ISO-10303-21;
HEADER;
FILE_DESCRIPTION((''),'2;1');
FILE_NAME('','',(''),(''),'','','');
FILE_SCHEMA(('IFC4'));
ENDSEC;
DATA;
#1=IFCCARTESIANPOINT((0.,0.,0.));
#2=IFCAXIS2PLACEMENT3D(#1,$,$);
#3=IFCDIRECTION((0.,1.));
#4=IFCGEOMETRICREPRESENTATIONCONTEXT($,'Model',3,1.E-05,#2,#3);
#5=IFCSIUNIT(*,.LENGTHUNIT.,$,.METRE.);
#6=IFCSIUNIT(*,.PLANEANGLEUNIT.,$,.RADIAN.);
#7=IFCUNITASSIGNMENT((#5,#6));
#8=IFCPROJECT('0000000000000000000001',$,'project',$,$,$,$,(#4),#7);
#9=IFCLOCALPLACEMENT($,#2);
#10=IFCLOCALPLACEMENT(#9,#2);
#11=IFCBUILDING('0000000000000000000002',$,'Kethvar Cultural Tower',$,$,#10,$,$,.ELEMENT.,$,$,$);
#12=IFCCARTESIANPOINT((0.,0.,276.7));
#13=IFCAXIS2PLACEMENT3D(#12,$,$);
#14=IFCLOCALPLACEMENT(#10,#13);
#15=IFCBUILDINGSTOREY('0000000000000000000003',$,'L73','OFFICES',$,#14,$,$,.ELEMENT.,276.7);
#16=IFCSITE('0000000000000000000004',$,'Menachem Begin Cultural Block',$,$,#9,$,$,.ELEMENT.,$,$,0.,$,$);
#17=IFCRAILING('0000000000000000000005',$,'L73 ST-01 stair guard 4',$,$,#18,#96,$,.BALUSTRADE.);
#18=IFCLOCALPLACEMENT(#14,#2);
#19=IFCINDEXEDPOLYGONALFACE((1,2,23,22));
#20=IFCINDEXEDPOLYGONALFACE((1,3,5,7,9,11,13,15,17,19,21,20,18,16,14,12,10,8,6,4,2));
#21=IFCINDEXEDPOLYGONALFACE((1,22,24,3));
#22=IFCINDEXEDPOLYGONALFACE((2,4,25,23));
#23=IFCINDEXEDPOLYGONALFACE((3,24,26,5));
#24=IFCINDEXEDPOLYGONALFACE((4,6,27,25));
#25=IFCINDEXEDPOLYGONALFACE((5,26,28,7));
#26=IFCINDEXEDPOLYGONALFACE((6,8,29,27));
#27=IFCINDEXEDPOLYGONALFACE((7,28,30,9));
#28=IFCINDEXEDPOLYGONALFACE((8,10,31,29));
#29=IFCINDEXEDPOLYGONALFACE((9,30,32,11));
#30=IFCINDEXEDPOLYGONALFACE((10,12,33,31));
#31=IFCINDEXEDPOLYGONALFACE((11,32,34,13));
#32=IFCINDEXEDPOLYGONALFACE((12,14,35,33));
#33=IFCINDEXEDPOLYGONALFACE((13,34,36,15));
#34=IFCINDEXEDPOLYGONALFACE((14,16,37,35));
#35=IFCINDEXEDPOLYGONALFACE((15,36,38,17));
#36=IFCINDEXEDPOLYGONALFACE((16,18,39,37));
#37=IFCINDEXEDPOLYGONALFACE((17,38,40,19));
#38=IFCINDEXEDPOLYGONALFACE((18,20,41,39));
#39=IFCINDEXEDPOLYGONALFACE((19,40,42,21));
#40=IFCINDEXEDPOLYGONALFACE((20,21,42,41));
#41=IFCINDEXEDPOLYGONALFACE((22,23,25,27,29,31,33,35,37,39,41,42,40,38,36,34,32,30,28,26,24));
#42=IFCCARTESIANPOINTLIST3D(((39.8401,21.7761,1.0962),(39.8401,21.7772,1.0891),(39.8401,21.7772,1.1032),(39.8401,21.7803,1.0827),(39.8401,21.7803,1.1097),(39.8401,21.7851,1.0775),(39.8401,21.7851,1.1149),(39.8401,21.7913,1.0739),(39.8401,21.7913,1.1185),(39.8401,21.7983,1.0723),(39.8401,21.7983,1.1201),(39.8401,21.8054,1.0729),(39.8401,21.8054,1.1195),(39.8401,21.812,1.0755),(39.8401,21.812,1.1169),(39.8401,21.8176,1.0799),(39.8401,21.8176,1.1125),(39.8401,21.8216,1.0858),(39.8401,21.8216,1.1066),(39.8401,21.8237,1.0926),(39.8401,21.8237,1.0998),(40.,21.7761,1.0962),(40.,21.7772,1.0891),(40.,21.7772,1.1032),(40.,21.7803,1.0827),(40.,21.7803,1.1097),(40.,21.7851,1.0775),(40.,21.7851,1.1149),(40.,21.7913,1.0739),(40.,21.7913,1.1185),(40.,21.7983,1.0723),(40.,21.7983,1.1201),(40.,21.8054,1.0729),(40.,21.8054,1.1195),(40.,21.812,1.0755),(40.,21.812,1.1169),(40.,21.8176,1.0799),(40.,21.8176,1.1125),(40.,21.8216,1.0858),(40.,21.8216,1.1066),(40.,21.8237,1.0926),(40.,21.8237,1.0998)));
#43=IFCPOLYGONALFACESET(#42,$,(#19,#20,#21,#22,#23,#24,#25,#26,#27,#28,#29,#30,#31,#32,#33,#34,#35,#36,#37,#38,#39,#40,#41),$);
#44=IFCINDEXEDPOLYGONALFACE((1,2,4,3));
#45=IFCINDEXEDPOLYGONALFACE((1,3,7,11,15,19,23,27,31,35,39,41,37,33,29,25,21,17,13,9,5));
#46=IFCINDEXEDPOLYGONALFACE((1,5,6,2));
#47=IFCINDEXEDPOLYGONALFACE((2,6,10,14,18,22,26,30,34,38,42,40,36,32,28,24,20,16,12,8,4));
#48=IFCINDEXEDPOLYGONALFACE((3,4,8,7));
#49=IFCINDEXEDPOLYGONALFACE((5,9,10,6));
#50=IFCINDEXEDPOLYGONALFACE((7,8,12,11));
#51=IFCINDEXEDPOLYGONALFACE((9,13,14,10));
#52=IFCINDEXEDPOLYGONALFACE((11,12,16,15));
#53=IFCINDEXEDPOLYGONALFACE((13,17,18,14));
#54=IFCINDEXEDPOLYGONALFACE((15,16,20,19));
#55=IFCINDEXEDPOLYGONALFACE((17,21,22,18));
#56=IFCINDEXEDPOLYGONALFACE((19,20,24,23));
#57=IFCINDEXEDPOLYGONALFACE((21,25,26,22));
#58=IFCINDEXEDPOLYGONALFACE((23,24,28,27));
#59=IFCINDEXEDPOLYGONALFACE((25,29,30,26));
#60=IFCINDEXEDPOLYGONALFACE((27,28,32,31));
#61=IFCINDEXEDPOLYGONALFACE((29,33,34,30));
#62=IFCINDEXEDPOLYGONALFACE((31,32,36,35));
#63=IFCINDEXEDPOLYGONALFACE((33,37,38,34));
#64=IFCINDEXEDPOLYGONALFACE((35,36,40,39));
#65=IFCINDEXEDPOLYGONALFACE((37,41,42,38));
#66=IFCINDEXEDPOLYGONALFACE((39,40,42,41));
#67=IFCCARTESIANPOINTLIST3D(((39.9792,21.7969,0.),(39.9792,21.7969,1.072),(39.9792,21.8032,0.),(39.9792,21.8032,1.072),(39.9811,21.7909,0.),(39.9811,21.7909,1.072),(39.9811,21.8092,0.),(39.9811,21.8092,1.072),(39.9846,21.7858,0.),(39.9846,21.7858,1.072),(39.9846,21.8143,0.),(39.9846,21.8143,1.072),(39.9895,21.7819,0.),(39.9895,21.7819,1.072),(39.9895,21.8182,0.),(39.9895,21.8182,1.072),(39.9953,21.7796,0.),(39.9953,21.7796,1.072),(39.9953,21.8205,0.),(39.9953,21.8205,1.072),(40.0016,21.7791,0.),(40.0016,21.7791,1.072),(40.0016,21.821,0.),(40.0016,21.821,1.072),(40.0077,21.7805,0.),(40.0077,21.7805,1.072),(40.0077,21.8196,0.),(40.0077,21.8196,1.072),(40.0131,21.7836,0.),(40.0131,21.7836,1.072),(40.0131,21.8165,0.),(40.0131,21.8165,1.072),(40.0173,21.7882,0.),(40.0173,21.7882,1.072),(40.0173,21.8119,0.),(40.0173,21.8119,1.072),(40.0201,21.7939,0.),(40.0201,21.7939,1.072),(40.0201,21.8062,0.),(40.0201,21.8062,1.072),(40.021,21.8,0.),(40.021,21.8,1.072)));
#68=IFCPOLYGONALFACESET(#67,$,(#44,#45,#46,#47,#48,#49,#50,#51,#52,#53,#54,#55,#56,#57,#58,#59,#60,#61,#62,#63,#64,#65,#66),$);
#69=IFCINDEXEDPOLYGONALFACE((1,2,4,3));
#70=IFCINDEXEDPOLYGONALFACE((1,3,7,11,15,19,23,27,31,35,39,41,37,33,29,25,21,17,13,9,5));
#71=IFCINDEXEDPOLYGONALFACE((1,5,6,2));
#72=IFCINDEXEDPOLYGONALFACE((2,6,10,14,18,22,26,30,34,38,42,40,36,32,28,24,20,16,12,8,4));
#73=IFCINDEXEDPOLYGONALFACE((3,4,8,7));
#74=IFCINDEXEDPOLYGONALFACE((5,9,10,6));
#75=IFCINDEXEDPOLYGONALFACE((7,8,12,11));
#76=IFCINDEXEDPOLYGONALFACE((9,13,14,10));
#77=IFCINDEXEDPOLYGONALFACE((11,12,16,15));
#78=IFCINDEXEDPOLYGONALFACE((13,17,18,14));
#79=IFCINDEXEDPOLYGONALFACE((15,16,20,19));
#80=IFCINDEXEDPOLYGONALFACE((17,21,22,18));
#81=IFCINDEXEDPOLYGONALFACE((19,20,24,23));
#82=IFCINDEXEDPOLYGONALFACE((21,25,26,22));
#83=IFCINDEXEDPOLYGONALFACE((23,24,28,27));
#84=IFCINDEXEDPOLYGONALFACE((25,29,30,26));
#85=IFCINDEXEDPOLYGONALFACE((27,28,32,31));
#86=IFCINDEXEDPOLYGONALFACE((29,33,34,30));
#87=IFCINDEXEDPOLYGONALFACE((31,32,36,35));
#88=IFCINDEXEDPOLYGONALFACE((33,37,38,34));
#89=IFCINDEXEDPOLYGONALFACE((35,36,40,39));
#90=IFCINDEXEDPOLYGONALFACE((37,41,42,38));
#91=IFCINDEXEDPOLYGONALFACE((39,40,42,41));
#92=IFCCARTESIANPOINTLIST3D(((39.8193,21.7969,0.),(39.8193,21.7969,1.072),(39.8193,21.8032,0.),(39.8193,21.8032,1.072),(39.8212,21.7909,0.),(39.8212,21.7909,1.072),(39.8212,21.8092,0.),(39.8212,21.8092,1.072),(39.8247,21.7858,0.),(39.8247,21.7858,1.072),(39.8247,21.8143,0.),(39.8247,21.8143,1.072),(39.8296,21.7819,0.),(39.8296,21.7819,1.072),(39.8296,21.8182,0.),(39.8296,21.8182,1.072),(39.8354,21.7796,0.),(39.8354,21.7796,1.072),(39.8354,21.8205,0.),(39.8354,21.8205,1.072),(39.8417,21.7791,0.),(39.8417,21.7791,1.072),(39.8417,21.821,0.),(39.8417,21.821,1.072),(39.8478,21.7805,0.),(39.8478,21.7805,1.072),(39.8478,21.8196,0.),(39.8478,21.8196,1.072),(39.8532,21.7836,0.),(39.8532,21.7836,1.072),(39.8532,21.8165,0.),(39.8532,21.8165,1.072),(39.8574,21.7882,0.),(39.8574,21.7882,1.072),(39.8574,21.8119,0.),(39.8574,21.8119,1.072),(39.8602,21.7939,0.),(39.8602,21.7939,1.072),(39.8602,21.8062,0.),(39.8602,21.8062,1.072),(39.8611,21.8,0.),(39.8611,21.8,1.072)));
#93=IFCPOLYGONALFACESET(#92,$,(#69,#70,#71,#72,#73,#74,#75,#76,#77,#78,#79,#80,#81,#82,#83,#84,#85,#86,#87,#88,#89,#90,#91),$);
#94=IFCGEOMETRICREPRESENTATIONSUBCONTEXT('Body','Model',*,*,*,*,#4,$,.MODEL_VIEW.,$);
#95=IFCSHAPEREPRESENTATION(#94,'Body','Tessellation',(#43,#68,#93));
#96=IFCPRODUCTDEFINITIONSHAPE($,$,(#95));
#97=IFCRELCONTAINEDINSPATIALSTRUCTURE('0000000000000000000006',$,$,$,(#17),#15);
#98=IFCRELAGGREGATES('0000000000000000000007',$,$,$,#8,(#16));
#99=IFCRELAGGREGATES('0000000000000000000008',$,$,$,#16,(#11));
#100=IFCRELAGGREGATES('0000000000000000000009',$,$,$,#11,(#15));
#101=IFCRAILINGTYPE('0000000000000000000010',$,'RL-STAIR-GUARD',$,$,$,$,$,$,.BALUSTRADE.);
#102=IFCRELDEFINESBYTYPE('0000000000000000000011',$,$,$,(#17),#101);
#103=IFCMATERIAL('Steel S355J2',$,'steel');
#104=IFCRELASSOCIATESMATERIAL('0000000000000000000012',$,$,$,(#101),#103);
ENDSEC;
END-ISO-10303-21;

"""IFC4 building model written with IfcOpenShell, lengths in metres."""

from ifc_helpers import new_model, si_unit, direction, frame, origin, origin_2d, place, context, subcontext, project, spatial, circle, extrude, material, type_object, element, save


model = new_model("IFC4")

# Units and contexts
model_context = context("Model", 3, precision=1e-05, world=origin(), true_north=direction((0.0, 1.0)))
body_context = subcontext(model_context, "Body", "Model", "MODEL_VIEW")
ifc_project = project(units=[si_unit("LENGTHUNIT", "METRE"), si_unit("PLANEANGLEUNIT", "RADIAN")], contexts=[model_context])

# Site, building, storey
site_placement = place(None, origin())
site = spatial("IfcSite", under=ifc_project, at=site_placement, Name="Menachem Begin Cultural Block", CompositionType="ELEMENT", RefElevation=0.0)
building_placement = place(site_placement, origin())
building = spatial("IfcBuilding", under=site, at=building_placement, Name="Kethvar Cultural Tower", CompositionType="ELEMENT")
storey_placement = place(building_placement, frame((0.0, 0.0, 276.7)))
storey = spatial("IfcBuildingStorey", under=building, at=storey_placement, Name="L73", Description="OFFICES", CompositionType="ELEMENT", Elevation=276.7)

# Shared definitions
ifc_material_1 = material(Name="Steel S355J2", Category="steel")

# Railing
railing_type_1 = type_object("IfcRailingType", Name="RL-STAIR-GUARD", PredefinedType="BALUSTRADE", material=ifc_material_1)
railing_1_placement = place(storey_placement, frame((40.0, 21.8, 0.0)))
element("IfcRailing", 1, at=railing_1_placement, inside=storey, type_object=railing_type_1, Name="L73 ST-01 stair guard 4", PredefinedType="BALUSTRADE", context=body_context, shape_type="SweptSolid", body=[
    extrude(circle(Radius=0.0239, at=origin_2d()), frame((0.0, 0.0, 1.0962), z_axis=(-1.0, 0.0, 0.0), x_axis=(0.0, -1.0, 0.0)), (0.0, 0.0, 1.0), 0.1599),
    extrude(circle(Radius=0.021, at=origin_2d()), origin(), (0.0, 0.0, 1.0), 1.072),
    extrude(circle(Radius=0.021, at=origin_2d()), frame((-0.1599, 0.0, 0.0)), (0.0, 0.0, 1.0), 1.072),
])

save(model, "model.ifc")
